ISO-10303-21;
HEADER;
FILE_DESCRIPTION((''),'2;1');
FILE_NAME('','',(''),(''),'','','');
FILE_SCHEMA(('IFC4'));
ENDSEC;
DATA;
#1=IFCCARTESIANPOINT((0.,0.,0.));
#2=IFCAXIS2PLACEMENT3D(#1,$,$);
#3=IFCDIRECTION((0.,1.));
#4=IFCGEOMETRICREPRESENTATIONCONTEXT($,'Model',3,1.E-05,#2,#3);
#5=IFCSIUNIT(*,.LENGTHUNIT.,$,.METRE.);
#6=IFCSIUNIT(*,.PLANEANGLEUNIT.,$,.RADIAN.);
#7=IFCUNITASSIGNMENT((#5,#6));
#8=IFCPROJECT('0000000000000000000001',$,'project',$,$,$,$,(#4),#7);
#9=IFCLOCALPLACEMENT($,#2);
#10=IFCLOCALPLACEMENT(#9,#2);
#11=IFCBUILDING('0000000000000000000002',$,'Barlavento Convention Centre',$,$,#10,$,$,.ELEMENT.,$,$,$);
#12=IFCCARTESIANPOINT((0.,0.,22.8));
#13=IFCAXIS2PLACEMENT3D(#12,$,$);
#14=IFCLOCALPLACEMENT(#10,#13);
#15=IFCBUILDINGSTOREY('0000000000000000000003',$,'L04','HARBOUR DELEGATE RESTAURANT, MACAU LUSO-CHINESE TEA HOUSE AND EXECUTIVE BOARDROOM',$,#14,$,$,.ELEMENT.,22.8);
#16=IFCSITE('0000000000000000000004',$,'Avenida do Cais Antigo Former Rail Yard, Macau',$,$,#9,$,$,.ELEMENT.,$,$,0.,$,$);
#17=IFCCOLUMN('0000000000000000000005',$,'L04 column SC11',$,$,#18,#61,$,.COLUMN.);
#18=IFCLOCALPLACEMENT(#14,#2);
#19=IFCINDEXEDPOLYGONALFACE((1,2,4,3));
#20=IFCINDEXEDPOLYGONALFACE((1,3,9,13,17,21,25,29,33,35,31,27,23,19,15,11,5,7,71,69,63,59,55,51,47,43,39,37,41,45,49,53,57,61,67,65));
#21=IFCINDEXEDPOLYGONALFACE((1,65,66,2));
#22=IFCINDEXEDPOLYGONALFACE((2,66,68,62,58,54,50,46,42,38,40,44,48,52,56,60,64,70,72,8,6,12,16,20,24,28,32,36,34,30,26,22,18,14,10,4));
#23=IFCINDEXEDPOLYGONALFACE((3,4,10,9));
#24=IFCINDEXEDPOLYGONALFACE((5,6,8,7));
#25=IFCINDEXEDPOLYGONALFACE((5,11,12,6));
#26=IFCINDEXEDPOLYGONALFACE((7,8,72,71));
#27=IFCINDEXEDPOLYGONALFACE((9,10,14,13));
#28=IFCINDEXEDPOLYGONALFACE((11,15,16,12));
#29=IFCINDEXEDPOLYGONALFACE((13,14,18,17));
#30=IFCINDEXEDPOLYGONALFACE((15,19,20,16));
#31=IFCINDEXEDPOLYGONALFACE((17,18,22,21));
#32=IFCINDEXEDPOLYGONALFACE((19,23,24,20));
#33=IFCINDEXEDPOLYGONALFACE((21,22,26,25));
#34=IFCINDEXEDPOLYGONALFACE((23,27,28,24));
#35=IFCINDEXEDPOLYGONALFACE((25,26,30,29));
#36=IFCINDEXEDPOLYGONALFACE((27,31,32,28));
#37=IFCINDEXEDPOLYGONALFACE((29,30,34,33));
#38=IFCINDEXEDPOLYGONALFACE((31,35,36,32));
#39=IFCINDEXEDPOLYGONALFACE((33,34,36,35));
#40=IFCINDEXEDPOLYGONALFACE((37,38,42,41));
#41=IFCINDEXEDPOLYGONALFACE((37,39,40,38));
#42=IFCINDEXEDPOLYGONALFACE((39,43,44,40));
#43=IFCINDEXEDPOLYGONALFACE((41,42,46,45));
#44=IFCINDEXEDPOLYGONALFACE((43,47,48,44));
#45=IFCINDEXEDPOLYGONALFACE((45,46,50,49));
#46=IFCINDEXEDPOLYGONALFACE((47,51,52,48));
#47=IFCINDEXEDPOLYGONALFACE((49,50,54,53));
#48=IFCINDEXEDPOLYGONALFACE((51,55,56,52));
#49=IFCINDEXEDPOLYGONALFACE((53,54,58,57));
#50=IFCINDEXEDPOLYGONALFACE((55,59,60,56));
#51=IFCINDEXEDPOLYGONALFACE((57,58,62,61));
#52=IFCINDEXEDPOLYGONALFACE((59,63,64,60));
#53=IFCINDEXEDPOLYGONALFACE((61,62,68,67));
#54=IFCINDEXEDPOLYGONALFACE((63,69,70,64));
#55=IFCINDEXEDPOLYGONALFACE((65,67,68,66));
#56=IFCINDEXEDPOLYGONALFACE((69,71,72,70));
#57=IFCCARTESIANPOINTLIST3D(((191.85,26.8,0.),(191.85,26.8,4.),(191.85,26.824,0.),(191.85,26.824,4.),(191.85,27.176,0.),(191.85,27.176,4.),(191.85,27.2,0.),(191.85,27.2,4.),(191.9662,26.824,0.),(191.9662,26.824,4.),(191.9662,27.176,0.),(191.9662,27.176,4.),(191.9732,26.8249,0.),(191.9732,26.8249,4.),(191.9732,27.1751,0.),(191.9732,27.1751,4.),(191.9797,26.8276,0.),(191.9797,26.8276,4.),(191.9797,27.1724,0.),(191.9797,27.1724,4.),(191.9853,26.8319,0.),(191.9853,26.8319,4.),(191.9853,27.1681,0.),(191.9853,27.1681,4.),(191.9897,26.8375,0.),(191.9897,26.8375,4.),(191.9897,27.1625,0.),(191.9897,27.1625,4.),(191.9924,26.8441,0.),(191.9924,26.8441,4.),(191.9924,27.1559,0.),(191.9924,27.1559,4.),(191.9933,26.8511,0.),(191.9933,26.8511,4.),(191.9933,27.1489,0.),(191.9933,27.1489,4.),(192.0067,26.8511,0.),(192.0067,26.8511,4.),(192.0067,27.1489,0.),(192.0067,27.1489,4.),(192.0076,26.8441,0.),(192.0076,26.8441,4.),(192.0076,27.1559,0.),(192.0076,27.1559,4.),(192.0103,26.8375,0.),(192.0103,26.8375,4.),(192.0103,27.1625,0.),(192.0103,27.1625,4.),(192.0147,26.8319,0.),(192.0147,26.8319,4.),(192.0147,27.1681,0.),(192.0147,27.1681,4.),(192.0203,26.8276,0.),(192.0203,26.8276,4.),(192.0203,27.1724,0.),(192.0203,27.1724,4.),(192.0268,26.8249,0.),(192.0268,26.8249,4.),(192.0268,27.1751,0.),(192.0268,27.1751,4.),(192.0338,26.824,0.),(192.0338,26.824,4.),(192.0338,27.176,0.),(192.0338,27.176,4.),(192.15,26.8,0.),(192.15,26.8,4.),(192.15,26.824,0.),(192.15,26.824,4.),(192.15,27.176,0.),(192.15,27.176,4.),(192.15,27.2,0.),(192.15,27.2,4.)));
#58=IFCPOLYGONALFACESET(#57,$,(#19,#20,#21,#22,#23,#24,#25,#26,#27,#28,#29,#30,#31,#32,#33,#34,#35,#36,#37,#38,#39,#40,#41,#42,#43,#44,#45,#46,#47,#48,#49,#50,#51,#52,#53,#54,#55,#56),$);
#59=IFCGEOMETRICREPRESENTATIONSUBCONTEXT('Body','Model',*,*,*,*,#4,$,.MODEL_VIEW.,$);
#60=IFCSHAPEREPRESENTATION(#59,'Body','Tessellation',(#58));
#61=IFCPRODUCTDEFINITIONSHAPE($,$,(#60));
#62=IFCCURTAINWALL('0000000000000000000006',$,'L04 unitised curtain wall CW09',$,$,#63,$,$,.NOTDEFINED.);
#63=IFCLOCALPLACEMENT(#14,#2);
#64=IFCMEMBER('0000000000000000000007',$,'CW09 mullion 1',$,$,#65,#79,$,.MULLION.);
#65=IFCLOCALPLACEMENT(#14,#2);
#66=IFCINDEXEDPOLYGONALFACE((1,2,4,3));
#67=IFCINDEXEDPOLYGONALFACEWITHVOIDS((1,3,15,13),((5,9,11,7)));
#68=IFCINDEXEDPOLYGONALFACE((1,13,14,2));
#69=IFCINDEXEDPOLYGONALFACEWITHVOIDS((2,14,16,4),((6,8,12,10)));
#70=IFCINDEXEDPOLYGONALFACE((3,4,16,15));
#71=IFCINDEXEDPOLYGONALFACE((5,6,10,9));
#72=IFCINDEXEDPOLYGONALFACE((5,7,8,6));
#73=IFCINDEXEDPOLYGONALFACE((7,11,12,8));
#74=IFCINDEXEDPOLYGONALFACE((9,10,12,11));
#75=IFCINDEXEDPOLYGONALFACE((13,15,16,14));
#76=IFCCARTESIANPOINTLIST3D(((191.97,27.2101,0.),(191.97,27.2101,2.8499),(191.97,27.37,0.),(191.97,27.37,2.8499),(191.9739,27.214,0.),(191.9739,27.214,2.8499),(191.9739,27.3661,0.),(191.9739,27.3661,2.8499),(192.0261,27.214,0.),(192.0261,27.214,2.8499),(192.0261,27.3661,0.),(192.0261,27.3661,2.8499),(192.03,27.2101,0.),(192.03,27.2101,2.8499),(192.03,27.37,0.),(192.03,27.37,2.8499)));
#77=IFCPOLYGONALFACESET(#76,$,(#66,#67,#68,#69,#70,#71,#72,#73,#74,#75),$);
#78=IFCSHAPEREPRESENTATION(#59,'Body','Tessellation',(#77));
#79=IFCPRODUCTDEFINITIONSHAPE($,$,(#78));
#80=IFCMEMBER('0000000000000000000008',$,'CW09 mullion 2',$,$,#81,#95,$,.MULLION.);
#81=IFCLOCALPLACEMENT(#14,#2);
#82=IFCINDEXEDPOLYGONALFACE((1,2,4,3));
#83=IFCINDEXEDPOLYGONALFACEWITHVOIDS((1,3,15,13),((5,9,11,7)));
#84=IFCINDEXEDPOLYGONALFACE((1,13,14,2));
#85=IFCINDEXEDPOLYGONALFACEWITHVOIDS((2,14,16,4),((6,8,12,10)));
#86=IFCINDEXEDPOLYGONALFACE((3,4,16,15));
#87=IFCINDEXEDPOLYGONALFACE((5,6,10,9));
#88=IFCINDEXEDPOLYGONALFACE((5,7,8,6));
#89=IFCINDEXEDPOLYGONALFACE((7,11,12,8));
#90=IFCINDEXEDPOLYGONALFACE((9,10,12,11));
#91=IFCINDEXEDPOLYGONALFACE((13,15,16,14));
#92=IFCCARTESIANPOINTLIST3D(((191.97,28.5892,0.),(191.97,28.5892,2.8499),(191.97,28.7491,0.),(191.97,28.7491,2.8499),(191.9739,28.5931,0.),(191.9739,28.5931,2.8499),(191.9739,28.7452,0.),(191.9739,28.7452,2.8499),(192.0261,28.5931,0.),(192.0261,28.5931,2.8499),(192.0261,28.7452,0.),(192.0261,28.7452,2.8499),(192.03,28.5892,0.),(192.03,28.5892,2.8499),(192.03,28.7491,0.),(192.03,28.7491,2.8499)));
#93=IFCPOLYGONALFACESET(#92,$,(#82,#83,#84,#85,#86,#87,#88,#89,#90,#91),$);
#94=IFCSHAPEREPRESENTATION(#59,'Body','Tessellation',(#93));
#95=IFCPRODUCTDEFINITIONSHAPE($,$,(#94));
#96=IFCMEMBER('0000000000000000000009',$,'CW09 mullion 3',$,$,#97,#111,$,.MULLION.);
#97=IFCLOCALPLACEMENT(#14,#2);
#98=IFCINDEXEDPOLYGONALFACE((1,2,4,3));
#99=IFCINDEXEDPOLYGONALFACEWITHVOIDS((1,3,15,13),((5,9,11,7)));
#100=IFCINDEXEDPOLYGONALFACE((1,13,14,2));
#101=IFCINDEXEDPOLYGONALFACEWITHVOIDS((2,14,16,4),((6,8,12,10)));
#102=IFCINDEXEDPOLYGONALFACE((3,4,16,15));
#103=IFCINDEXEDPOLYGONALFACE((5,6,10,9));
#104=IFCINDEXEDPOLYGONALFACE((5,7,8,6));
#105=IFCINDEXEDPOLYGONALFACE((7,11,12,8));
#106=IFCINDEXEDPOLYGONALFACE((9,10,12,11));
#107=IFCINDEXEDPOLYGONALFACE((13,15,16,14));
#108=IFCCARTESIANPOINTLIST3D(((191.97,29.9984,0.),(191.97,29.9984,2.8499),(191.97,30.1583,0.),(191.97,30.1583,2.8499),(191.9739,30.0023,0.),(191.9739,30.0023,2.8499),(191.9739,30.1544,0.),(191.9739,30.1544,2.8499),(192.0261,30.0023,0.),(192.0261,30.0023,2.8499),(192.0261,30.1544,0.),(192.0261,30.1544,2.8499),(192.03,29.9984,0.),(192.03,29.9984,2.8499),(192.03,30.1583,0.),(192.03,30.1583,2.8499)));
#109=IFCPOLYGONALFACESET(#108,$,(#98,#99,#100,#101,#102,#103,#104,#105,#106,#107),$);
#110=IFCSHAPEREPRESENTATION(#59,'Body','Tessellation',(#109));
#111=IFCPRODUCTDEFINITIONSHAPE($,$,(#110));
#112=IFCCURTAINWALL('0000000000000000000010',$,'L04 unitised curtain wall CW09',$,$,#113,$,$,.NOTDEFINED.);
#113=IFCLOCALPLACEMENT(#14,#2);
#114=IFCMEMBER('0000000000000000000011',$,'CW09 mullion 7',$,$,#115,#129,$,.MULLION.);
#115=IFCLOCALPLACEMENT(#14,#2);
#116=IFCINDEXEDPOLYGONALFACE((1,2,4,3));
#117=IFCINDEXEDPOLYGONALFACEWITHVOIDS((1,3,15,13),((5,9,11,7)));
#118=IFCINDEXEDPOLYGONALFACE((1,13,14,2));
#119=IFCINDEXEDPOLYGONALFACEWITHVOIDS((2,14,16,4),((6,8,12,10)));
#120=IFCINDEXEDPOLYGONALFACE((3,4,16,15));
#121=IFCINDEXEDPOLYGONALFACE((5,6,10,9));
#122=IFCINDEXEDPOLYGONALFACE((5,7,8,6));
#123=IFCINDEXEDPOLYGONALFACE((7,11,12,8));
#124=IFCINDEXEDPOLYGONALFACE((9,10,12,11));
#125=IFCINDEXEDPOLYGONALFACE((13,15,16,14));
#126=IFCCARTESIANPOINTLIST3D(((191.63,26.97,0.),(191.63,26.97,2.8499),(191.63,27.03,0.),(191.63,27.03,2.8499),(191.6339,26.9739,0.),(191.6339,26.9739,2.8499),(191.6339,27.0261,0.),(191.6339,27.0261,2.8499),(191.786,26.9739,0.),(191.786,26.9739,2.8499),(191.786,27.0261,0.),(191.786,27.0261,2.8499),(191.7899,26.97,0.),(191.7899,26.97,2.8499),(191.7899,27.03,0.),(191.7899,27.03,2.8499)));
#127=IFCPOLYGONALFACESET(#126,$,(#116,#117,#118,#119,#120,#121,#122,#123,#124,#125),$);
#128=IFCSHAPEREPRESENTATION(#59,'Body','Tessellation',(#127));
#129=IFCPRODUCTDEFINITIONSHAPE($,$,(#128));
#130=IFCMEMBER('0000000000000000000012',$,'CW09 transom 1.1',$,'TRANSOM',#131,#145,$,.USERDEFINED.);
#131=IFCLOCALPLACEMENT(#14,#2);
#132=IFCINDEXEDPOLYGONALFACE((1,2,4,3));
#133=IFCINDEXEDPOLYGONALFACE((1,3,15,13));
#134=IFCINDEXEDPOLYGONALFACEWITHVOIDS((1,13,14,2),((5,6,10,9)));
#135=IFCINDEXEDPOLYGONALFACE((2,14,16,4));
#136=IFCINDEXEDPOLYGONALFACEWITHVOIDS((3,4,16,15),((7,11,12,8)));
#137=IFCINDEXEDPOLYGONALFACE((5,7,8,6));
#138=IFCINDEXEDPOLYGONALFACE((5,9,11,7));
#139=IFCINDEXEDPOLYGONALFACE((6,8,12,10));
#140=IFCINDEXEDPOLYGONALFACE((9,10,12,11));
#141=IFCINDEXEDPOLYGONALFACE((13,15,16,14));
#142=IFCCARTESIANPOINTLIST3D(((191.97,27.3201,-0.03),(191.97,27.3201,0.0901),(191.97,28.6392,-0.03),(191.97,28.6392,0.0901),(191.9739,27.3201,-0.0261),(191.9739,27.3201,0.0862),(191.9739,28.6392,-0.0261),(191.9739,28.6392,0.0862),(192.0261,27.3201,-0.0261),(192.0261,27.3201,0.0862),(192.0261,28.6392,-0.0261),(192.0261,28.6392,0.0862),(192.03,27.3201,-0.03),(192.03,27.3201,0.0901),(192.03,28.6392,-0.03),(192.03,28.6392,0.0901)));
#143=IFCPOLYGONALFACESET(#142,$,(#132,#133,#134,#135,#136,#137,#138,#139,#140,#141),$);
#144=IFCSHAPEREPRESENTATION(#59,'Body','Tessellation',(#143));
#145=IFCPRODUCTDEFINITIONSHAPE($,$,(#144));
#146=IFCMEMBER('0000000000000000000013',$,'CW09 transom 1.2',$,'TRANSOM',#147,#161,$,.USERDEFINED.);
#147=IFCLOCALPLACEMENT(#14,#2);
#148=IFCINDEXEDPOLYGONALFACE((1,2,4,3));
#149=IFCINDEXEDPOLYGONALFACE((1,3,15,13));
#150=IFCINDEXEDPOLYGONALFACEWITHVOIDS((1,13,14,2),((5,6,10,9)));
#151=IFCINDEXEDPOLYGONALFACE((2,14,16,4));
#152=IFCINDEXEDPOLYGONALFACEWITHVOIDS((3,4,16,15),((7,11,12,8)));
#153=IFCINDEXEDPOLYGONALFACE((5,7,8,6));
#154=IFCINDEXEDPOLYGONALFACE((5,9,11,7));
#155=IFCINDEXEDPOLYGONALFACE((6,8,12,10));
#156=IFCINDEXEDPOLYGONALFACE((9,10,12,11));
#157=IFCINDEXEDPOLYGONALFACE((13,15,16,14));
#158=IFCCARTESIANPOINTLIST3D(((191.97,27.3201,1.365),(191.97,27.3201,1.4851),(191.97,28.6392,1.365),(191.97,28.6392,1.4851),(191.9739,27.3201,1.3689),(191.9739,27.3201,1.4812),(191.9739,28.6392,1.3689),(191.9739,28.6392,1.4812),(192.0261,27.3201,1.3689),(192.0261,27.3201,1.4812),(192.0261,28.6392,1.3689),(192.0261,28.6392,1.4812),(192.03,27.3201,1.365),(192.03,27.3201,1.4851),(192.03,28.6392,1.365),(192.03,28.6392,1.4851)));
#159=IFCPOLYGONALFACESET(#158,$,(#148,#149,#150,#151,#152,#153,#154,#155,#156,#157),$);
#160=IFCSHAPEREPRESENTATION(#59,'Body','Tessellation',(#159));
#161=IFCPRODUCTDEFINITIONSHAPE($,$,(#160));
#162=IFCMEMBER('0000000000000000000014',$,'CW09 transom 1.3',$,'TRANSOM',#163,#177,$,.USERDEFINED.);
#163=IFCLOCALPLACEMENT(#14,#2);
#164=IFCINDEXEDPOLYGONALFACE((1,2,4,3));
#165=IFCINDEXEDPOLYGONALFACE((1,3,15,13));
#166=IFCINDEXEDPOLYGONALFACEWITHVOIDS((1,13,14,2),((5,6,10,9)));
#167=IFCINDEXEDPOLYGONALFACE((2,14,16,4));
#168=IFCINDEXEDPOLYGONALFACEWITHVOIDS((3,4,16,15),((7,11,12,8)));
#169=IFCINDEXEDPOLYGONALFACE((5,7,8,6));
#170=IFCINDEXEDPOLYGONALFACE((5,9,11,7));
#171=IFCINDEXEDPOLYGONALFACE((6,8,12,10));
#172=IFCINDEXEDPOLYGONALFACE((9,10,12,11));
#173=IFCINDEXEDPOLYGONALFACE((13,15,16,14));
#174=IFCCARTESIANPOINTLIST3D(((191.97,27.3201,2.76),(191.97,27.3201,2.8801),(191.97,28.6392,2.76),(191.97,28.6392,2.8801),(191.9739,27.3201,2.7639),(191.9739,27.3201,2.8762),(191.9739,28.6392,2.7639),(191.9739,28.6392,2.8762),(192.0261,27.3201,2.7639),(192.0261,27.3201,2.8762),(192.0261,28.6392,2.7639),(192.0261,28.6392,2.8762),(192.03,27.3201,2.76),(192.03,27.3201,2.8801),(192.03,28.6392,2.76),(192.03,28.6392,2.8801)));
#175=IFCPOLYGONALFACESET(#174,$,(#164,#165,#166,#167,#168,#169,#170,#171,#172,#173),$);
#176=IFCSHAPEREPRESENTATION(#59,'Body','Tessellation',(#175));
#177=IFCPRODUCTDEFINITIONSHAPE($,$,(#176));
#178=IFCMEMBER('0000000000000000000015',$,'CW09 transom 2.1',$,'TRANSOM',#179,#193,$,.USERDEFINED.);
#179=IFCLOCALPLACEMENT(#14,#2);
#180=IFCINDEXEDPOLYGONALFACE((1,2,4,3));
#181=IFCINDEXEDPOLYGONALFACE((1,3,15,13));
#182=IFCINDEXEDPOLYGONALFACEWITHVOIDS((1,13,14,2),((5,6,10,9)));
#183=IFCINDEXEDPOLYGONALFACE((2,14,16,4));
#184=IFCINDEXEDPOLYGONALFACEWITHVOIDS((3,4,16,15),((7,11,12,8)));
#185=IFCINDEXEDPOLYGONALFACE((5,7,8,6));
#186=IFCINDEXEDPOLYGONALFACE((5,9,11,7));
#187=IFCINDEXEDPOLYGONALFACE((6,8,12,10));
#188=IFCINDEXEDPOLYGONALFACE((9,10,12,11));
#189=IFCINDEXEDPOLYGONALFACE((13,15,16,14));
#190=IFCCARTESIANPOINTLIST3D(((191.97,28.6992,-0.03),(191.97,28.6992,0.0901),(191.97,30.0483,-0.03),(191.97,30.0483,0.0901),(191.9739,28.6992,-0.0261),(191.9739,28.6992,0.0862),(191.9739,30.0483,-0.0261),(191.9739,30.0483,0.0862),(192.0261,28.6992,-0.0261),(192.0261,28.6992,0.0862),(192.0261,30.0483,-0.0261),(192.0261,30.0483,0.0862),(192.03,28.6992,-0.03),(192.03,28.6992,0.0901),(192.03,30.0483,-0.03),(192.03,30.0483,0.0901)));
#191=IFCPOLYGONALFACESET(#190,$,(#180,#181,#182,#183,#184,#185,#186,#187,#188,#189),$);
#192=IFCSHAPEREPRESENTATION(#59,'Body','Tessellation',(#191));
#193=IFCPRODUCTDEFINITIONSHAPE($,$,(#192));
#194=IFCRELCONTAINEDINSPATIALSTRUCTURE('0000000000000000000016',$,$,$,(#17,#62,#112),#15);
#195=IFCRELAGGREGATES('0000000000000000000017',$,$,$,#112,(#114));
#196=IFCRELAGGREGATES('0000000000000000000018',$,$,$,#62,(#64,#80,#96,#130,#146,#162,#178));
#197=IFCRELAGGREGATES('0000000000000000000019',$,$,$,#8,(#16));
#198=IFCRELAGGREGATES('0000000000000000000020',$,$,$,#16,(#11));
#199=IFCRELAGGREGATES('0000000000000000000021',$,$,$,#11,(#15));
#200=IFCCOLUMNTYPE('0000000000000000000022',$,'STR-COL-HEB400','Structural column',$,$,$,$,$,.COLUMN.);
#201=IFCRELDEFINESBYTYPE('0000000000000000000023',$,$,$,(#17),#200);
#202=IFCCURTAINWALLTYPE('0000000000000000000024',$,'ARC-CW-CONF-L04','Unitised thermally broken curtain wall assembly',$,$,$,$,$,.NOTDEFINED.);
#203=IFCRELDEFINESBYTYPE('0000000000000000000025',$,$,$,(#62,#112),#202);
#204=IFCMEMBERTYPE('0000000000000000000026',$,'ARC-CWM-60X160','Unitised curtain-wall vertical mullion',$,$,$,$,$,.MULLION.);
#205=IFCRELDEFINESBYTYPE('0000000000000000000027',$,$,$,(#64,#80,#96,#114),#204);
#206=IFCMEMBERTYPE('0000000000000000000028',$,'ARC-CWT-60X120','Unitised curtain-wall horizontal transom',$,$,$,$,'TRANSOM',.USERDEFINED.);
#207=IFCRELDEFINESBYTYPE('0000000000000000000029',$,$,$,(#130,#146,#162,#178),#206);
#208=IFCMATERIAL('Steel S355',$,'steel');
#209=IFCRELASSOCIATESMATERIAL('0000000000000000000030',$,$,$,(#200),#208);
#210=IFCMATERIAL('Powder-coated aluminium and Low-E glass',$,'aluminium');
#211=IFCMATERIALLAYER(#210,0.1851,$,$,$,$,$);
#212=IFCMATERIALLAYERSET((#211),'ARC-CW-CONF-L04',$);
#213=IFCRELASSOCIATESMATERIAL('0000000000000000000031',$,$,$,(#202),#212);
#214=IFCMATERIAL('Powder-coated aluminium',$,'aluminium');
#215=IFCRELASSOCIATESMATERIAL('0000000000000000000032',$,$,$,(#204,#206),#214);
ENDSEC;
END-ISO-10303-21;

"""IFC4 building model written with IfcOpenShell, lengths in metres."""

from ifc_helpers import new_model, si_unit, direction, frame, origin, origin_2d, place, context, subcontext, project, spatial, hollow_rectangle, i_section, extrude, material, layer, layer_set, material_profile, profile_set, type_object, element, aggregate, save


model = new_model("IFC4")

# Units and contexts
model_context = context("Model", 3, precision=1e-05, world=origin(), true_north=direction((0.0, 1.0)))
body_context = subcontext(model_context, "Body", "Model", "MODEL_VIEW")
ifc_project = project(units=[si_unit("LENGTHUNIT", "METRE"), si_unit("PLANEANGLEUNIT", "RADIAN")], contexts=[model_context])

# Site, building, storey
site_placement = place(None, origin())
site = spatial("IfcSite", under=ifc_project, at=site_placement, Name="Avenida do Cais Antigo Former Rail Yard, Macau", CompositionType="ELEMENT", RefElevation=0.0)
building_placement = place(site_placement, origin())
building = spatial("IfcBuilding", under=site, at=building_placement, Name="Barlavento Convention Centre", CompositionType="ELEMENT")
storey_placement = place(building_placement, frame((0.0, 0.0, 22.8)))
storey = spatial("IfcBuildingStorey", under=building, at=storey_placement, Name="L04", Description="HARBOUR DELEGATE RESTAURANT, MACAU LUSO-CHINESE TEA HOUSE AND EXECUTIVE BOARDROOM", CompositionType="ELEMENT", Elevation=22.8)

# Column
ifc_material_1 = material(Name="Steel S355", Category="steel")
ifc_material_profile_1 = material_profile(ifc_material_1, i_section(OverallWidth=0.3, OverallDepth=0.3999, WebThickness=0.0134, FlangeThickness=0.0239, FilletRadius=0.0271, at=origin_2d()), Name="HEB 400")
ifc_profile_set_1 = profile_set([ifc_material_profile_1], Name="Steel S355")
column_type = type_object("IfcColumnType", Name="STR-COL-HEB400", Description="Structural column", PredefinedType="COLUMN", material=ifc_profile_set_1)
column_placement = place(storey_placement, frame((192.0, 27.0, 0.0), z_axis=(0.0, 0.0, 1.0), x_axis=(1.0, 0.0, 0.0)))
element("IfcColumn", 1, at=column_placement, inside=storey, type_object=column_type, Name="L04 column SC11", PredefinedType="COLUMN", context=body_context, shape_type="SweptSolid", body=[
    extrude(i_section(OverallWidth=0.3, OverallDepth=0.3999, WebThickness=0.0134, FlangeThickness=0.0239, FilletRadius=0.0271, at=origin_2d()), origin(), (0.0, 0.0, 1.0), 4.0),
])

# Curtain wall, members
ifc_material_2 = material(Name="Powder-coated aluminium and Low-E glass", Category="aluminium")
ifc_layer_1 = layer(ifc_material_2, 0.1851)
ifc_layer_set_1 = layer_set([ifc_layer_1], Name="ARC-CW-CONF-L04")
curtain_wall_type = type_object("IfcCurtainWallType", Name="ARC-CW-CONF-L04", Description="Unitised thermally broken curtain wall assembly", PredefinedType="NOTDEFINED", material=ifc_layer_set_1)
curtain_wall_1_placement = place(storey_placement, origin())
curtain_wall_1 = element("IfcCurtainWall", 2, at=curtain_wall_1_placement, inside=storey, type_object=curtain_wall_type, Name="L04 unitised curtain wall CW09", PredefinedType="NOTDEFINED")
ifc_material_3 = material(Name="Powder-coated aluminium", Category="aluminium")
ifc_material_profile_2 = material_profile(ifc_material_3, hollow_rectangle(XDim=0.0601, YDim=0.1599, WallThickness=0.0039, at=origin_2d()), Name="AL-MULL 60x160x4")
ifc_profile_set_2 = profile_set([ifc_material_profile_2], Name="Powder-coated aluminium")
member_type_1 = type_object("IfcMemberType", Name="ARC-CWM-60X160", Description="Unitised curtain-wall vertical mullion", PredefinedType="MULLION", material=ifc_profile_set_2)
member_1_placement = place(storey_placement, frame((192.0, 27.29, 0.0), z_axis=(0.0, 0.0, 1.0), x_axis=(-1.0, 0.0, 0.0)))
member_1 = element("IfcMember", 3, at=member_1_placement, type_object=member_type_1, Name="CW09 mullion 1", PredefinedType="MULLION", context=body_context, shape_type="SweptSolid", body=[
    extrude(hollow_rectangle(XDim=0.0601, YDim=0.1599, WallThickness=0.0039, at=origin_2d()), origin(), (0.0, 0.0, 1.0), 2.8499),
])
member_2_placement = place(storey_placement, frame((192.0, 28.6692, 0.0), z_axis=(0.0, 0.0, 1.0), x_axis=(-1.0, 0.0, 0.0)))
member_2 = element("IfcMember", 4, at=member_2_placement, type_object=member_type_1, Name="CW09 mullion 2", PredefinedType="MULLION", context=body_context, shape_type="SweptSolid", body=[
    extrude(hollow_rectangle(XDim=0.0601, YDim=0.1599, WallThickness=0.0039, at=origin_2d()), origin(), (0.0, 0.0, 1.0), 2.8499),
])
member_3_placement = place(storey_placement, frame((192.0, 30.0784, 0.0), z_axis=(0.0, 0.0, 1.0), x_axis=(-1.0, 0.0, 0.0)))
member_3 = element("IfcMember", 5, at=member_3_placement, type_object=member_type_1, Name="CW09 mullion 3", PredefinedType="MULLION", context=body_context, shape_type="SweptSolid", body=[
    extrude(hollow_rectangle(XDim=0.0601, YDim=0.1599, WallThickness=0.0039, at=origin_2d()), origin(), (0.0, 0.0, 1.0), 2.8499),
])

# Curtain wall, member
curtain_wall_2_placement = place(storey_placement, origin())
curtain_wall_2 = element("IfcCurtainWall", 6, at=curtain_wall_2_placement, inside=storey, type_object=curtain_wall_type, Name="L04 unitised curtain wall CW09", PredefinedType="NOTDEFINED")
member_4_placement = place(storey_placement, frame((191.71, 27.0, 0.0), z_axis=(0.0, 0.0, 1.0), x_axis=(0.0, 1.0, 0.0)))
member_4 = element("IfcMember", 7, at=member_4_placement, type_object=member_type_1, Name="CW09 mullion 7", PredefinedType="MULLION", context=body_context, shape_type="SweptSolid", body=[
    extrude(hollow_rectangle(XDim=0.0601, YDim=0.1599, WallThickness=0.0039, at=origin_2d()), origin(), (0.0, 0.0, 1.0), 2.8499),
])
aggregate(curtain_wall_2, [member_4])

# Members
ifc_material_profile_3 = material_profile(ifc_material_3, hollow_rectangle(XDim=0.0601, YDim=0.1201, WallThickness=0.0039, at=origin_2d()), Name="AL-TRAN 60x120x4")
ifc_profile_set_3 = profile_set([ifc_material_profile_3], Name="Powder-coated aluminium")
member_type_2 = type_object("IfcMemberType", Name="ARC-CWT-60X120", Description="Unitised curtain-wall horizontal transom", ElementType="TRANSOM", PredefinedType="USERDEFINED", material=ifc_profile_set_3)
member_5_placement = place(storey_placement, frame((192.0, 27.3201, 0.03), z_axis=(0.0, 1.0, 0.0), x_axis=(-1.0, 0.0, 0.0)))
member_5 = element("IfcMember", 8, at=member_5_placement, type_object=member_type_2, Name="CW09 transom 1.1", ObjectType="TRANSOM", PredefinedType="USERDEFINED", context=body_context, shape_type="SweptSolid", body=[
    extrude(hollow_rectangle(XDim=0.0601, YDim=0.1201, WallThickness=0.0039, at=origin_2d()), origin(), (0.0, 0.0, 1.0), 1.3191),
])
member_6_placement = place(storey_placement, frame((192.0, 27.3201, 1.425), z_axis=(0.0, 1.0, 0.0), x_axis=(-1.0, 0.0, 0.0)))
member_6 = element("IfcMember", 9, at=member_6_placement, type_object=member_type_2, Name="CW09 transom 1.2", ObjectType="TRANSOM", PredefinedType="USERDEFINED", context=body_context, shape_type="SweptSolid", body=[
    extrude(hollow_rectangle(XDim=0.0601, YDim=0.1201, WallThickness=0.0039, at=origin_2d()), origin(), (0.0, 0.0, 1.0), 1.3191),
])
member_7_placement = place(storey_placement, frame((192.0, 27.3201, 2.8201), z_axis=(0.0, 1.0, 0.0), x_axis=(-1.0, 0.0, 0.0)))
member_7 = element("IfcMember", 10, at=member_7_placement, type_object=member_type_2, Name="CW09 transom 1.3", ObjectType="TRANSOM", PredefinedType="USERDEFINED", context=body_context, shape_type="SweptSolid", body=[
    extrude(hollow_rectangle(XDim=0.0601, YDim=0.1201, WallThickness=0.0039, at=origin_2d()), origin(), (0.0, 0.0, 1.0), 1.3191),
])
member_8_placement = place(storey_placement, frame((192.0, 28.6992, 0.03), z_axis=(0.0, 1.0, 0.0), x_axis=(-1.0, 0.0, 0.0)))
member_8 = element("IfcMember", 11, at=member_8_placement, type_object=member_type_2, Name="CW09 transom 2.1", ObjectType="TRANSOM", PredefinedType="USERDEFINED", context=body_context, shape_type="SweptSolid", body=[
    extrude(hollow_rectangle(XDim=0.0601, YDim=0.1201, WallThickness=0.0039, at=origin_2d()), origin(), (0.0, 0.0, 1.0), 1.3491),
])

aggregate(curtain_wall_1, [member_1, member_2, member_3, member_5, member_6, member_7, member_8])

save(model, "model.ifc")
